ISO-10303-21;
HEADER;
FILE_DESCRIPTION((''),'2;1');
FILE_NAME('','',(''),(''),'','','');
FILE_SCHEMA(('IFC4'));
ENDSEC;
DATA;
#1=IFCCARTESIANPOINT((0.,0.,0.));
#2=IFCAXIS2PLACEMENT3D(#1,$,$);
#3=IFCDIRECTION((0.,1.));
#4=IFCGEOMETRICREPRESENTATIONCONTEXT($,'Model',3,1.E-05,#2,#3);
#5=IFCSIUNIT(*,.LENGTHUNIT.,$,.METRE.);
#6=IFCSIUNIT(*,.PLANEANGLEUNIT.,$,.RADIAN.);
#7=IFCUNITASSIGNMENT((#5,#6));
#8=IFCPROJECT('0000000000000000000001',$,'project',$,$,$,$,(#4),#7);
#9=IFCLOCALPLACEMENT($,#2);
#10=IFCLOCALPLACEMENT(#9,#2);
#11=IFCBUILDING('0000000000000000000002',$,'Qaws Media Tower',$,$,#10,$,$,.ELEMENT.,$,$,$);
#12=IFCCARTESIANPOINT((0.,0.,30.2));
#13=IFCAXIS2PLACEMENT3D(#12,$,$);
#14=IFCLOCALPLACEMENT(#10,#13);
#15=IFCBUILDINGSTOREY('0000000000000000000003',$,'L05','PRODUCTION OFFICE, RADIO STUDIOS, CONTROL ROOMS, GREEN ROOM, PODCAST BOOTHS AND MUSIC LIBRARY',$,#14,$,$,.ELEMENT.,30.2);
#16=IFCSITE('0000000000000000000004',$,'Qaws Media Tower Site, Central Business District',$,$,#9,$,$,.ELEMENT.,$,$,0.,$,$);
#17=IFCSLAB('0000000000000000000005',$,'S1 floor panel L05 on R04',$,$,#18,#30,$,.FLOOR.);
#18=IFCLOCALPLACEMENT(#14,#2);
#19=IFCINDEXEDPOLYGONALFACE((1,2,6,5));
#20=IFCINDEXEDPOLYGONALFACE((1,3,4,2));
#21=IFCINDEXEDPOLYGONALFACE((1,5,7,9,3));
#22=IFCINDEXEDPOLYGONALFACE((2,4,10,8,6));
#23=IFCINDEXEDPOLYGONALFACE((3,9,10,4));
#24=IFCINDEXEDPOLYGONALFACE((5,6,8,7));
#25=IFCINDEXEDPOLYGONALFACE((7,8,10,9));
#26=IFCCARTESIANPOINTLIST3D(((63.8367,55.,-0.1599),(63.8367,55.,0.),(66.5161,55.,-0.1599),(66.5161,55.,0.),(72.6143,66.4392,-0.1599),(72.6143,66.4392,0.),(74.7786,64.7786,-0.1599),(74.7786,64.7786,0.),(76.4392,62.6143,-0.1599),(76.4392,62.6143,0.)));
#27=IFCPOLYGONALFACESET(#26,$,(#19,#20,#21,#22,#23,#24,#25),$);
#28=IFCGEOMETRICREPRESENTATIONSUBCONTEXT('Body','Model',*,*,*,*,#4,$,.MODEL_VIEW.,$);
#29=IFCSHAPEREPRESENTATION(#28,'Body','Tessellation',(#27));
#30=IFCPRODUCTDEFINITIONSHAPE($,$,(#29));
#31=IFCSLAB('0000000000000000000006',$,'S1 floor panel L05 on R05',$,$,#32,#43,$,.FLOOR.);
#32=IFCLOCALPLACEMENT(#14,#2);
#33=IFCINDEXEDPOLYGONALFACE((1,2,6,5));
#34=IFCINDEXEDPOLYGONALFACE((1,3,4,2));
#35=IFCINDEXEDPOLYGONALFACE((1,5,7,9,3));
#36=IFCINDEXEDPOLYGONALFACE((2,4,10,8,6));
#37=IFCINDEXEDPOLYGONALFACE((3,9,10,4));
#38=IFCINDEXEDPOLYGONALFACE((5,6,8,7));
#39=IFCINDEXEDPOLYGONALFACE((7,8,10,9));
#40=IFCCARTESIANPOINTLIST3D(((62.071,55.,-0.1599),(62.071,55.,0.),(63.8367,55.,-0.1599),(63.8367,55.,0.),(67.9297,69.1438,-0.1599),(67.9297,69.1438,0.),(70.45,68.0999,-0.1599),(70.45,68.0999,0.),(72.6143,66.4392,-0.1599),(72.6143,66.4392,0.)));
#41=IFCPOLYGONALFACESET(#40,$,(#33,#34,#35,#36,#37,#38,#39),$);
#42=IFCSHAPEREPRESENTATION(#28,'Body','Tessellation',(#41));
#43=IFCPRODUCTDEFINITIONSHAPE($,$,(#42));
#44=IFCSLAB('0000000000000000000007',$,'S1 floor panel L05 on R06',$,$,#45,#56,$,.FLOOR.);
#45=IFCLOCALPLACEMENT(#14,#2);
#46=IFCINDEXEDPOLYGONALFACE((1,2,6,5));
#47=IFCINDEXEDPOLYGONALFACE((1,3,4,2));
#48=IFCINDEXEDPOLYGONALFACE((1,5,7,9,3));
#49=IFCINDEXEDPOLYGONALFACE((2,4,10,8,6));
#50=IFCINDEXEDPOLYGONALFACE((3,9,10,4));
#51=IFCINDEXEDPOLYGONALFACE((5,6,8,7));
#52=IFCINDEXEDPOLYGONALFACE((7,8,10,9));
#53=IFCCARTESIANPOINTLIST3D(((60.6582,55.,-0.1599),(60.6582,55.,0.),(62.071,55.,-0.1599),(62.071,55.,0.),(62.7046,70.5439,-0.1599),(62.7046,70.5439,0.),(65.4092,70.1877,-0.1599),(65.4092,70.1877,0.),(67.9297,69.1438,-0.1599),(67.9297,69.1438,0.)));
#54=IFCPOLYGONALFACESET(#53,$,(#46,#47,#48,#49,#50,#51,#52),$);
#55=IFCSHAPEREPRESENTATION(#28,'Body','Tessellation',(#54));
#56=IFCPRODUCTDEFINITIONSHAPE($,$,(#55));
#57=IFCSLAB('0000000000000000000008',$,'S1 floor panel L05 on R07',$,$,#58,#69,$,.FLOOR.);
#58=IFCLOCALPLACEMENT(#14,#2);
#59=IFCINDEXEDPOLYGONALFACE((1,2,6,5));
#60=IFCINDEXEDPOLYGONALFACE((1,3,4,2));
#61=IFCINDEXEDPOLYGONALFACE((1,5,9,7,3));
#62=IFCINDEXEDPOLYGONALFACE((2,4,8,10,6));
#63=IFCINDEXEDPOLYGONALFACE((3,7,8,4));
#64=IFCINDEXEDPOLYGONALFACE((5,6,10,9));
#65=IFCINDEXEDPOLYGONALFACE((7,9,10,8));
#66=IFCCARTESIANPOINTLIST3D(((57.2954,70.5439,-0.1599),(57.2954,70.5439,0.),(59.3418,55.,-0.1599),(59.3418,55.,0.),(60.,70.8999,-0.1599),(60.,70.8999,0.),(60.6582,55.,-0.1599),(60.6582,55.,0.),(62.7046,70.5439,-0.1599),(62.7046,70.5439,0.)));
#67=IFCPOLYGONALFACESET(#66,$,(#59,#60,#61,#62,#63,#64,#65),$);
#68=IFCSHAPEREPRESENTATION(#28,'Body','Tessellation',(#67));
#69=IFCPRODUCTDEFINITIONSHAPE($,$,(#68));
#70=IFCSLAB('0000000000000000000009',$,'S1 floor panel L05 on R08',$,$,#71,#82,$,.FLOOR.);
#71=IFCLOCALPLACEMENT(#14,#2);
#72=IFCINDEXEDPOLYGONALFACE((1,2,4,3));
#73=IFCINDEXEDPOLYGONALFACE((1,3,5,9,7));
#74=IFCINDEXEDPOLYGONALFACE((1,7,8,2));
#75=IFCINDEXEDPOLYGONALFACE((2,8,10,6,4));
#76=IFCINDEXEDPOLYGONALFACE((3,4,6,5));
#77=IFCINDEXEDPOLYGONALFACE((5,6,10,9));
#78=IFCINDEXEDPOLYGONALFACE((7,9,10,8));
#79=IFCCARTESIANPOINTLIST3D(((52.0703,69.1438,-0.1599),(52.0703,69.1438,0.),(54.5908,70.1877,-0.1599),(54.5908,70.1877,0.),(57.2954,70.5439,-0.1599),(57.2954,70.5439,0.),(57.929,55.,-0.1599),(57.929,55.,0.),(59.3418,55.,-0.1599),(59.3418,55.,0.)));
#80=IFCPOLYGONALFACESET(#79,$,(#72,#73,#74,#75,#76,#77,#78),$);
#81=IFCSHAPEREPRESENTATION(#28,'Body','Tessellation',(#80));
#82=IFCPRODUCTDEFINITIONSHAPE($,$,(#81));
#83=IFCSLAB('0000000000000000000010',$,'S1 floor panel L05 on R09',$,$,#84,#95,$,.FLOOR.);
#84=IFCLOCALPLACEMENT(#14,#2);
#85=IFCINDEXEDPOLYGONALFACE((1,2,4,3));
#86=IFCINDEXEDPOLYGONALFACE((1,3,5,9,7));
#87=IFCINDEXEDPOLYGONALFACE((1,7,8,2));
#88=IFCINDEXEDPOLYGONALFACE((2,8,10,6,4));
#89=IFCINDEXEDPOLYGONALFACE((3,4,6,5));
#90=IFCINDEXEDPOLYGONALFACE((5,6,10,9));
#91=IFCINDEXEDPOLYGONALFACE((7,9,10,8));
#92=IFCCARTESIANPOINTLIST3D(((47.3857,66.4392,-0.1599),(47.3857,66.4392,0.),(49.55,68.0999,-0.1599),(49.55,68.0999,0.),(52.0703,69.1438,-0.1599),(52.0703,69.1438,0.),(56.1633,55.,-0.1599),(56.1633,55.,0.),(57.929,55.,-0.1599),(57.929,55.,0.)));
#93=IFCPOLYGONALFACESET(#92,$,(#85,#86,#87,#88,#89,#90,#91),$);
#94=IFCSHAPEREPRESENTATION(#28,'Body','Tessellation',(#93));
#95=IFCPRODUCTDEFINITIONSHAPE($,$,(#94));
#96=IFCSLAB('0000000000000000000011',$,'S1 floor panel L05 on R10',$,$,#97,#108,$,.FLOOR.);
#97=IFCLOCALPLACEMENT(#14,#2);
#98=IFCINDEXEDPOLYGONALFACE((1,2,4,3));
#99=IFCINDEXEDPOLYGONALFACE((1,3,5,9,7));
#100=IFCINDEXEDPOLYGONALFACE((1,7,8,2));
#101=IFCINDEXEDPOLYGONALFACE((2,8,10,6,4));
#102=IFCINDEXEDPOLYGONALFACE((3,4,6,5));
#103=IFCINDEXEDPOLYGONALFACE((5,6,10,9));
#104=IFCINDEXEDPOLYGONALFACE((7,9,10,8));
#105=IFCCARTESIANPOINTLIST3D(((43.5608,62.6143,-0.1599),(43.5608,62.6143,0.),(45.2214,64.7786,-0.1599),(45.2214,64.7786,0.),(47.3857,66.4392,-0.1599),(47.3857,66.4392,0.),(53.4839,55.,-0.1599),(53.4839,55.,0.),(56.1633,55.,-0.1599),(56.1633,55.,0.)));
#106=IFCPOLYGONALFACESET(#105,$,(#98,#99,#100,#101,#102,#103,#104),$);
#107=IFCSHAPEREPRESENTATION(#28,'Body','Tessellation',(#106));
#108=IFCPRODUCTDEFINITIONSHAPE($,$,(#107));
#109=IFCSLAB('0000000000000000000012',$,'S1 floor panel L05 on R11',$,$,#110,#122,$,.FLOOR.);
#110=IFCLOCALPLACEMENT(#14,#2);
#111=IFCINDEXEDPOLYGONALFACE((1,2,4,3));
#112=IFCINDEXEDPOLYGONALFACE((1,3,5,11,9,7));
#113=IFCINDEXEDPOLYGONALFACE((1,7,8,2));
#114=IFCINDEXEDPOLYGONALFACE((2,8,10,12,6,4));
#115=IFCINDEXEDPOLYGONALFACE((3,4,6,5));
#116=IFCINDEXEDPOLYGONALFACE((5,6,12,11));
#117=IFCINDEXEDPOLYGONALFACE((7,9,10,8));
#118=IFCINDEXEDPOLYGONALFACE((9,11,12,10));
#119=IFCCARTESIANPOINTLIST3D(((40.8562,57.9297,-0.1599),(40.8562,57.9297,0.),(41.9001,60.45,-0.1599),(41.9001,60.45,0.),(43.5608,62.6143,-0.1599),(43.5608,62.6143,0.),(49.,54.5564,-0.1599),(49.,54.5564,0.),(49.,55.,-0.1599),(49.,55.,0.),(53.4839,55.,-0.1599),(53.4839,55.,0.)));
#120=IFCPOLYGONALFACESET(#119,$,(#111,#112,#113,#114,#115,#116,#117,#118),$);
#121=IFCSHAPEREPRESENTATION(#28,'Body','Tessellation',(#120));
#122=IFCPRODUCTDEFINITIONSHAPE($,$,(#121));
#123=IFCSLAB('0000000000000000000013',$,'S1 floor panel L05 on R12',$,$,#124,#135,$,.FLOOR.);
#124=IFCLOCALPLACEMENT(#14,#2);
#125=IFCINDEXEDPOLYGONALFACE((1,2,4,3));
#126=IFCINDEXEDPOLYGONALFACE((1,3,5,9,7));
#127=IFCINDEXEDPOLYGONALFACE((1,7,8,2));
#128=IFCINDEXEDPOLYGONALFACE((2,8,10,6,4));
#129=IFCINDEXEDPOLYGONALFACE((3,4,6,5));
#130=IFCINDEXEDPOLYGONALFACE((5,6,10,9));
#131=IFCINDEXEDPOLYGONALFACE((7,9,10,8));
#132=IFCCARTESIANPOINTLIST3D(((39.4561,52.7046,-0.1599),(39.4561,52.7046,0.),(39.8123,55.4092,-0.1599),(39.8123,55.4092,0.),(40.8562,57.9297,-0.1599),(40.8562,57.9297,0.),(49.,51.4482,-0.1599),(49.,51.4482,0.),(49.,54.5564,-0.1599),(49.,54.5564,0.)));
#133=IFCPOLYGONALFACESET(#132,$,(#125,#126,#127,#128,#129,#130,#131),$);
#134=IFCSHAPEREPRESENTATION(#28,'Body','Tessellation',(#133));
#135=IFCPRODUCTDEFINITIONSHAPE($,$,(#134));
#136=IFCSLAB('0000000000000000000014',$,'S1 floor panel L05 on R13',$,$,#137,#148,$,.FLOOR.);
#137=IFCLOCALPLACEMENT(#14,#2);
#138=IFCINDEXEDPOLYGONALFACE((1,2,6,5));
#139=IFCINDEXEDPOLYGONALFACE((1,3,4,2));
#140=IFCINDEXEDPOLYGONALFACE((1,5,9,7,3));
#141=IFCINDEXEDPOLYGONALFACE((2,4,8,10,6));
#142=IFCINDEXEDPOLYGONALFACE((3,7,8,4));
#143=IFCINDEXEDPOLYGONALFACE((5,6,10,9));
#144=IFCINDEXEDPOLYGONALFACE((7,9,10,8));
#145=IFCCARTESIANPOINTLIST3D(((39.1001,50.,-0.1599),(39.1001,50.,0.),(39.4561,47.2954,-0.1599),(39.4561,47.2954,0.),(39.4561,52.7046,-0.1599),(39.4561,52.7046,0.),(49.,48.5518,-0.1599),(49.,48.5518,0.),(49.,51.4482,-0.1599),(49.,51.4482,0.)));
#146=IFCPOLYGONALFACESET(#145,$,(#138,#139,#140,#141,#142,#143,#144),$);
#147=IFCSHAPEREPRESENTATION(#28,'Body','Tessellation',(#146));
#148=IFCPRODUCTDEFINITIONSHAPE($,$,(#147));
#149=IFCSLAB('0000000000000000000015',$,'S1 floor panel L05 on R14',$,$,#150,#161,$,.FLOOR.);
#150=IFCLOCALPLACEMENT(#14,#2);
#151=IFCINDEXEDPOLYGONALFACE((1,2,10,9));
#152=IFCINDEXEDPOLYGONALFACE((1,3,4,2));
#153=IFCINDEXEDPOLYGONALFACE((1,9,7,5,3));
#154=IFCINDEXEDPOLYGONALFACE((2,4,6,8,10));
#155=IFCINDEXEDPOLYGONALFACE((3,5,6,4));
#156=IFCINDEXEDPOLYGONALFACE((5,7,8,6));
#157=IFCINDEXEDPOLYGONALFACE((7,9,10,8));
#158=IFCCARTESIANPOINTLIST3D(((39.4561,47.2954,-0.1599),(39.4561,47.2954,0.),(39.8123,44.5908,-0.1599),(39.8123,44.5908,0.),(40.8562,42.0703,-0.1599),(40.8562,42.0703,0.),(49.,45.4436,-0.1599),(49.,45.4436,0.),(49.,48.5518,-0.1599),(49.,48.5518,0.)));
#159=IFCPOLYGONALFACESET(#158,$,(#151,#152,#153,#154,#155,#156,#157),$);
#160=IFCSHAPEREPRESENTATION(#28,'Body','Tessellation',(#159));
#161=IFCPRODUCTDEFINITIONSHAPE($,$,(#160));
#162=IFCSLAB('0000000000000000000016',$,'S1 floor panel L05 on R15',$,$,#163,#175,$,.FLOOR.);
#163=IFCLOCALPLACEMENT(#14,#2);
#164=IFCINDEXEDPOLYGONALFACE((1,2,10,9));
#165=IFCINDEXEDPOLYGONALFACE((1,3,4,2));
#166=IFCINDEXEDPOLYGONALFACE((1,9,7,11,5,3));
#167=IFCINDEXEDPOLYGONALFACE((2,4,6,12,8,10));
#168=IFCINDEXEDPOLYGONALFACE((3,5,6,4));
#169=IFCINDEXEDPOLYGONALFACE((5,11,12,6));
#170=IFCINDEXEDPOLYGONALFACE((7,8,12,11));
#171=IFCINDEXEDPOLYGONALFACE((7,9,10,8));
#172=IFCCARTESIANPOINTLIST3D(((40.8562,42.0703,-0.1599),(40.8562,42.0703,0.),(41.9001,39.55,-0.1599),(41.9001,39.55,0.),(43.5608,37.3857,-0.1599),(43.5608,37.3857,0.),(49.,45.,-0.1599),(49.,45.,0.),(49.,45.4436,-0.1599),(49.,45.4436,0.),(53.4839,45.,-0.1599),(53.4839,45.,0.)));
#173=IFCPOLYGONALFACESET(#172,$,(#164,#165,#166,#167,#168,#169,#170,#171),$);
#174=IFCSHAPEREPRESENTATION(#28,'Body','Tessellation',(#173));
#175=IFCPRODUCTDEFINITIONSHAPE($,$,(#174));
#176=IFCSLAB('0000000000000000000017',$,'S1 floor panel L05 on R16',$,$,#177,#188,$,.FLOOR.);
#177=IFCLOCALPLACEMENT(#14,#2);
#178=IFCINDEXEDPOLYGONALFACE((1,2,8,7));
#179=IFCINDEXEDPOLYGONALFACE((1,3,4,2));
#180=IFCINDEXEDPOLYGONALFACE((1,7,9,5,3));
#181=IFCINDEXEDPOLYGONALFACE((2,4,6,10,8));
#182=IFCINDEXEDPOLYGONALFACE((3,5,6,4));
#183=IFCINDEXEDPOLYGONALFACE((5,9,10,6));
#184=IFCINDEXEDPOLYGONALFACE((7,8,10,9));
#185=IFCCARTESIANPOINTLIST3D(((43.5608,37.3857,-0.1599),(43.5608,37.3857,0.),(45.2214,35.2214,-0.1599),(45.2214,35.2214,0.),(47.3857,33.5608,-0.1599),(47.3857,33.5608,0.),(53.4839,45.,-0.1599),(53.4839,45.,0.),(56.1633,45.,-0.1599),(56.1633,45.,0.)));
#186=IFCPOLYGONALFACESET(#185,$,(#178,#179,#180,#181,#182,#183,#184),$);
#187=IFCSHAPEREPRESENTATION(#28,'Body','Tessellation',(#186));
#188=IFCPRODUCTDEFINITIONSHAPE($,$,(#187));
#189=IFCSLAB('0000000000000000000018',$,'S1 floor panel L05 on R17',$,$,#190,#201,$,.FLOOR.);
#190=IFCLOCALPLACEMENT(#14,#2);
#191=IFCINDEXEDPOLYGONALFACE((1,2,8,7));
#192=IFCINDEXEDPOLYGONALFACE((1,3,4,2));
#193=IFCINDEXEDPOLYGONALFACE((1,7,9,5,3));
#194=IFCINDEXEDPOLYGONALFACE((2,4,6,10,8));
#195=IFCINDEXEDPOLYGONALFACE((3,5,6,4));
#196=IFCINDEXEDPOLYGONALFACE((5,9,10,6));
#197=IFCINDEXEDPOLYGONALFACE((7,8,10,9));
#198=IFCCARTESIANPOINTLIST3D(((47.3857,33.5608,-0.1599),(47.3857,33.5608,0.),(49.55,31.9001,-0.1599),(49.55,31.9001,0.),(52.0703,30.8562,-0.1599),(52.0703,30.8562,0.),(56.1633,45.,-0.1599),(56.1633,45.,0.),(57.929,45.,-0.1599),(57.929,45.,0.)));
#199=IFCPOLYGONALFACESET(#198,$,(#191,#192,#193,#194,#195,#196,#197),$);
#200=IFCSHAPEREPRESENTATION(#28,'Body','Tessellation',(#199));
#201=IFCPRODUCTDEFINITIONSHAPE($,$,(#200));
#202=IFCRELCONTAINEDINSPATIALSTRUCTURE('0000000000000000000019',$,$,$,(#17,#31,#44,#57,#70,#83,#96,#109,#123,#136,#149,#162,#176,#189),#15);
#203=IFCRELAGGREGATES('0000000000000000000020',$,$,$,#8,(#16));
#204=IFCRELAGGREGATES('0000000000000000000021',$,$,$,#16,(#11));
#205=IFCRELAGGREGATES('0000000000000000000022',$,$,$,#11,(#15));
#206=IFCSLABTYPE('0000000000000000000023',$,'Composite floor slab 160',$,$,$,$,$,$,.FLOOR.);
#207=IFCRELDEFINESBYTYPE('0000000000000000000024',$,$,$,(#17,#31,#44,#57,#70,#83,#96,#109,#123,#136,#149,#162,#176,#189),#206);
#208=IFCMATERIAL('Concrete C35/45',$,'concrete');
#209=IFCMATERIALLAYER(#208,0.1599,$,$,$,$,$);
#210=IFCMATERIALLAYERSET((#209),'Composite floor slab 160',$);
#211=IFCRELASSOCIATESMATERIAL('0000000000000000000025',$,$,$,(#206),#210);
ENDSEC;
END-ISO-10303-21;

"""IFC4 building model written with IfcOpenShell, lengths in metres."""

from ifc_helpers import new_model, si_unit, direction, frame, origin, place, context, subcontext, project, spatial, polyline, outline, extrude, material, layer, layer_set, type_object, element, save


model = new_model("IFC4")

# Units and contexts
model_context = context("Model", 3, precision=1e-05, world=origin(), true_north=direction((0.0, 1.0)))
body_context = subcontext(model_context, "Body", "Model", "MODEL_VIEW")
ifc_project = project(units=[si_unit("LENGTHUNIT", "METRE"), si_unit("PLANEANGLEUNIT", "RADIAN")], contexts=[model_context])

# Site, building, storey
site_placement = place(None, origin())
site = spatial("IfcSite", under=ifc_project, at=site_placement, Name="Qaws Media Tower Site, Central Business District", CompositionType="ELEMENT", RefElevation=0.0)
building_placement = place(site_placement, origin())
building = spatial("IfcBuilding", under=site, at=building_placement, Name="Qaws Media Tower", CompositionType="ELEMENT")
storey_placement = place(building_placement, frame((0.0, 0.0, 30.2)))
storey = spatial("IfcBuildingStorey", under=building, at=storey_placement, Name="L05", Description="PRODUCTION OFFICE, RADIO STUDIOS, CONTROL ROOMS, GREEN ROOM, PODCAST BOOTHS AND MUSIC LIBRARY", CompositionType="ELEMENT", Elevation=30.2)

# Slabs
ifc_material_1 = material(Name="Concrete C35/45", Category="concrete")
ifc_layer_1 = layer(ifc_material_1, 0.1599)
ifc_layer_set_1 = layer_set([ifc_layer_1], Name="Composite floor slab 160")
slab_type_1 = type_object("IfcSlabType", Name="Composite floor slab 160", PredefinedType="FLOOR", material=ifc_layer_set_1)
slab_1_placement = place(storey_placement, frame((0.0, 0.0, -0.1599)))
element("IfcSlab", 1, at=slab_1_placement, inside=storey, type_object=slab_type_1, Name="S1 floor panel L05 on R04", PredefinedType="FLOOR", context=body_context, shape_type="SweptSolid", body=[
    extrude(outline(polyline([(74.7786, 64.7786), (76.4392, 62.6143), (66.5161, 55.0), (63.8367, 55.0), (72.6143, 66.4392), (74.7786, 64.7786)])), origin(), (0.0, 0.0, 1.0), 0.1599),
])
slab_2_placement = place(storey_placement, frame((0.0, 0.0, -0.1599)))
element("IfcSlab", 2, at=slab_2_placement, inside=storey, type_object=slab_type_1, Name="S1 floor panel L05 on R05", PredefinedType="FLOOR", context=body_context, shape_type="SweptSolid", body=[
    extrude(outline(polyline([(70.45, 68.0999), (72.6143, 66.4392), (63.8367, 55.0), (62.071, 55.0), (67.9297, 69.1438), (70.45, 68.0999)])), origin(), (0.0, 0.0, 1.0), 0.1599),
])
slab_3_placement = place(storey_placement, frame((0.0, 0.0, -0.1599)))
element("IfcSlab", 3, at=slab_3_placement, inside=storey, type_object=slab_type_1, Name="S1 floor panel L05 on R06", PredefinedType="FLOOR", context=body_context, shape_type="SweptSolid", body=[
    extrude(outline(polyline([(65.4092, 70.1877), (67.9297, 69.1438), (62.071, 55.0), (60.6582, 55.0), (62.7046, 70.5439), (65.4092, 70.1877)])), origin(), (0.0, 0.0, 1.0), 0.1599),
])
slab_4_placement = place(storey_placement, frame((0.0, 0.0, -0.1599)))
element("IfcSlab", 4, at=slab_4_placement, inside=storey, type_object=slab_type_1, Name="S1 floor panel L05 on R07", PredefinedType="FLOOR", context=body_context, shape_type="SweptSolid", body=[
    extrude(outline(polyline([(60.0, 70.8999), (62.7046, 70.5439), (60.6582, 55.0), (59.3418, 55.0), (57.2954, 70.5439), (60.0, 70.8999)])), origin(), (0.0, 0.0, 1.0), 0.1599),
])
slab_5_placement = place(storey_placement, frame((0.0, 0.0, -0.1599)))
element("IfcSlab", 5, at=slab_5_placement, inside=storey, type_object=slab_type_1, Name="S1 floor panel L05 on R08", PredefinedType="FLOOR", context=body_context, shape_type="SweptSolid", body=[
    extrude(outline(polyline([(54.5908, 70.1877), (57.2954, 70.5439), (59.3418, 55.0), (57.929, 55.0), (52.0703, 69.1438), (54.5908, 70.1877)])), origin(), (0.0, 0.0, 1.0), 0.1599),
])
slab_6_placement = place(storey_placement, frame((0.0, 0.0, -0.1599)))
element("IfcSlab", 6, at=slab_6_placement, inside=storey, type_object=slab_type_1, Name="S1 floor panel L05 on R09", PredefinedType="FLOOR", context=body_context, shape_type="SweptSolid", body=[
    extrude(outline(polyline([(49.55, 68.0999), (52.0703, 69.1438), (57.929, 55.0), (56.1633, 55.0), (47.3857, 66.4392), (49.55, 68.0999)])), origin(), (0.0, 0.0, 1.0), 0.1599),
])
slab_7_placement = place(storey_placement, frame((0.0, 0.0, -0.1599)))
element("IfcSlab", 7, at=slab_7_placement, inside=storey, type_object=slab_type_1, Name="S1 floor panel L05 on R10", PredefinedType="FLOOR", context=body_context, shape_type="SweptSolid", body=[
    extrude(outline(polyline([(45.2214, 64.7786), (47.3857, 66.4392), (56.1633, 55.0), (53.4839, 55.0), (43.5608, 62.6143), (45.2214, 64.7786)])), origin(), (0.0, 0.0, 1.0), 0.1599),
])
slab_8_placement = place(storey_placement, frame((0.0, 0.0, -0.1599)))
element("IfcSlab", 8, at=slab_8_placement, inside=storey, type_object=slab_type_1, Name="S1 floor panel L05 on R11", PredefinedType="FLOOR", context=body_context, shape_type="SweptSolid", body=[
    extrude(outline(polyline([(41.9001, 60.45), (43.5608, 62.6143), (53.4839, 55.0), (49.0, 55.0), (49.0, 54.5564), (40.8562, 57.9297), (41.9001, 60.45)])), origin(), (0.0, 0.0, 1.0), 0.1599),
])
slab_9_placement = place(storey_placement, frame((0.0, 0.0, -0.1599)))
element("IfcSlab", 9, at=slab_9_placement, inside=storey, type_object=slab_type_1, Name="S1 floor panel L05 on R12", PredefinedType="FLOOR", context=body_context, shape_type="SweptSolid", body=[
    extrude(outline(polyline([(39.8123, 55.4092), (40.8562, 57.9297), (49.0, 54.5564), (49.0, 51.4482), (39.4561, 52.7046), (39.8123, 55.4092)])), origin(), (0.0, 0.0, 1.0), 0.1599),
])
slab_10_placement = place(storey_placement, frame((0.0, 0.0, -0.1599)))
element("IfcSlab", 10, at=slab_10_placement, inside=storey, type_object=slab_type_1, Name="S1 floor panel L05 on R13", PredefinedType="FLOOR", context=body_context, shape_type="SweptSolid", body=[
    extrude(outline(polyline([(39.1001, 50.0), (39.4561, 52.7046), (49.0, 51.4482), (49.0, 48.5518), (39.4561, 47.2954), (39.1001, 50.0)])), origin(), (0.0, 0.0, 1.0), 0.1599),
])
slab_11_placement = place(storey_placement, frame((0.0, 0.0, -0.1599)))
element("IfcSlab", 11, at=slab_11_placement, inside=storey, type_object=slab_type_1, Name="S1 floor panel L05 on R14", PredefinedType="FLOOR", context=body_context, shape_type="SweptSolid", body=[
    extrude(outline(polyline([(39.8123, 44.5908), (39.4561, 47.2954), (49.0, 48.5518), (49.0, 45.4436), (40.8562, 42.0703), (39.8123, 44.5908)])), origin(), (0.0, 0.0, 1.0), 0.1599),
])
slab_12_placement = place(storey_placement, frame((0.0, 0.0, -0.1599)))
element("IfcSlab", 12, at=slab_12_placement, inside=storey, type_object=slab_type_1, Name="S1 floor panel L05 on R15", PredefinedType="FLOOR", context=body_context, shape_type="SweptSolid", body=[
    extrude(outline(polyline([(41.9001, 39.55), (40.8562, 42.0703), (49.0, 45.4436), (49.0, 45.0), (53.4839, 45.0), (43.5608, 37.3857), (41.9001, 39.55)])), origin(), (0.0, 0.0, 1.0), 0.1599),
])
slab_13_placement = place(storey_placement, frame((0.0, 0.0, -0.1599)))
element("IfcSlab", 13, at=slab_13_placement, inside=storey, type_object=slab_type_1, Name="S1 floor panel L05 on R16", PredefinedType="FLOOR", context=body_context, shape_type="SweptSolid", body=[
    extrude(outline(polyline([(45.2214, 35.2214), (43.5608, 37.3857), (53.4839, 45.0), (56.1633, 45.0), (47.3857, 33.5608), (45.2214, 35.2214)])), origin(), (0.0, 0.0, 1.0), 0.1599),
])
slab_14_placement = place(storey_placement, frame((0.0, 0.0, -0.1599)))
element("IfcSlab", 14, at=slab_14_placement, inside=storey, type_object=slab_type_1, Name="S1 floor panel L05 on R17", PredefinedType="FLOOR", context=body_context, shape_type="SweptSolid", body=[
    extrude(outline(polyline([(49.55, 31.9001), (47.3857, 33.5608), (56.1633, 45.0), (57.929, 45.0), (52.0703, 30.8562), (49.55, 31.9001)])), origin(), (0.0, 0.0, 1.0), 0.1599),
])

save(model, "model.ifc")
